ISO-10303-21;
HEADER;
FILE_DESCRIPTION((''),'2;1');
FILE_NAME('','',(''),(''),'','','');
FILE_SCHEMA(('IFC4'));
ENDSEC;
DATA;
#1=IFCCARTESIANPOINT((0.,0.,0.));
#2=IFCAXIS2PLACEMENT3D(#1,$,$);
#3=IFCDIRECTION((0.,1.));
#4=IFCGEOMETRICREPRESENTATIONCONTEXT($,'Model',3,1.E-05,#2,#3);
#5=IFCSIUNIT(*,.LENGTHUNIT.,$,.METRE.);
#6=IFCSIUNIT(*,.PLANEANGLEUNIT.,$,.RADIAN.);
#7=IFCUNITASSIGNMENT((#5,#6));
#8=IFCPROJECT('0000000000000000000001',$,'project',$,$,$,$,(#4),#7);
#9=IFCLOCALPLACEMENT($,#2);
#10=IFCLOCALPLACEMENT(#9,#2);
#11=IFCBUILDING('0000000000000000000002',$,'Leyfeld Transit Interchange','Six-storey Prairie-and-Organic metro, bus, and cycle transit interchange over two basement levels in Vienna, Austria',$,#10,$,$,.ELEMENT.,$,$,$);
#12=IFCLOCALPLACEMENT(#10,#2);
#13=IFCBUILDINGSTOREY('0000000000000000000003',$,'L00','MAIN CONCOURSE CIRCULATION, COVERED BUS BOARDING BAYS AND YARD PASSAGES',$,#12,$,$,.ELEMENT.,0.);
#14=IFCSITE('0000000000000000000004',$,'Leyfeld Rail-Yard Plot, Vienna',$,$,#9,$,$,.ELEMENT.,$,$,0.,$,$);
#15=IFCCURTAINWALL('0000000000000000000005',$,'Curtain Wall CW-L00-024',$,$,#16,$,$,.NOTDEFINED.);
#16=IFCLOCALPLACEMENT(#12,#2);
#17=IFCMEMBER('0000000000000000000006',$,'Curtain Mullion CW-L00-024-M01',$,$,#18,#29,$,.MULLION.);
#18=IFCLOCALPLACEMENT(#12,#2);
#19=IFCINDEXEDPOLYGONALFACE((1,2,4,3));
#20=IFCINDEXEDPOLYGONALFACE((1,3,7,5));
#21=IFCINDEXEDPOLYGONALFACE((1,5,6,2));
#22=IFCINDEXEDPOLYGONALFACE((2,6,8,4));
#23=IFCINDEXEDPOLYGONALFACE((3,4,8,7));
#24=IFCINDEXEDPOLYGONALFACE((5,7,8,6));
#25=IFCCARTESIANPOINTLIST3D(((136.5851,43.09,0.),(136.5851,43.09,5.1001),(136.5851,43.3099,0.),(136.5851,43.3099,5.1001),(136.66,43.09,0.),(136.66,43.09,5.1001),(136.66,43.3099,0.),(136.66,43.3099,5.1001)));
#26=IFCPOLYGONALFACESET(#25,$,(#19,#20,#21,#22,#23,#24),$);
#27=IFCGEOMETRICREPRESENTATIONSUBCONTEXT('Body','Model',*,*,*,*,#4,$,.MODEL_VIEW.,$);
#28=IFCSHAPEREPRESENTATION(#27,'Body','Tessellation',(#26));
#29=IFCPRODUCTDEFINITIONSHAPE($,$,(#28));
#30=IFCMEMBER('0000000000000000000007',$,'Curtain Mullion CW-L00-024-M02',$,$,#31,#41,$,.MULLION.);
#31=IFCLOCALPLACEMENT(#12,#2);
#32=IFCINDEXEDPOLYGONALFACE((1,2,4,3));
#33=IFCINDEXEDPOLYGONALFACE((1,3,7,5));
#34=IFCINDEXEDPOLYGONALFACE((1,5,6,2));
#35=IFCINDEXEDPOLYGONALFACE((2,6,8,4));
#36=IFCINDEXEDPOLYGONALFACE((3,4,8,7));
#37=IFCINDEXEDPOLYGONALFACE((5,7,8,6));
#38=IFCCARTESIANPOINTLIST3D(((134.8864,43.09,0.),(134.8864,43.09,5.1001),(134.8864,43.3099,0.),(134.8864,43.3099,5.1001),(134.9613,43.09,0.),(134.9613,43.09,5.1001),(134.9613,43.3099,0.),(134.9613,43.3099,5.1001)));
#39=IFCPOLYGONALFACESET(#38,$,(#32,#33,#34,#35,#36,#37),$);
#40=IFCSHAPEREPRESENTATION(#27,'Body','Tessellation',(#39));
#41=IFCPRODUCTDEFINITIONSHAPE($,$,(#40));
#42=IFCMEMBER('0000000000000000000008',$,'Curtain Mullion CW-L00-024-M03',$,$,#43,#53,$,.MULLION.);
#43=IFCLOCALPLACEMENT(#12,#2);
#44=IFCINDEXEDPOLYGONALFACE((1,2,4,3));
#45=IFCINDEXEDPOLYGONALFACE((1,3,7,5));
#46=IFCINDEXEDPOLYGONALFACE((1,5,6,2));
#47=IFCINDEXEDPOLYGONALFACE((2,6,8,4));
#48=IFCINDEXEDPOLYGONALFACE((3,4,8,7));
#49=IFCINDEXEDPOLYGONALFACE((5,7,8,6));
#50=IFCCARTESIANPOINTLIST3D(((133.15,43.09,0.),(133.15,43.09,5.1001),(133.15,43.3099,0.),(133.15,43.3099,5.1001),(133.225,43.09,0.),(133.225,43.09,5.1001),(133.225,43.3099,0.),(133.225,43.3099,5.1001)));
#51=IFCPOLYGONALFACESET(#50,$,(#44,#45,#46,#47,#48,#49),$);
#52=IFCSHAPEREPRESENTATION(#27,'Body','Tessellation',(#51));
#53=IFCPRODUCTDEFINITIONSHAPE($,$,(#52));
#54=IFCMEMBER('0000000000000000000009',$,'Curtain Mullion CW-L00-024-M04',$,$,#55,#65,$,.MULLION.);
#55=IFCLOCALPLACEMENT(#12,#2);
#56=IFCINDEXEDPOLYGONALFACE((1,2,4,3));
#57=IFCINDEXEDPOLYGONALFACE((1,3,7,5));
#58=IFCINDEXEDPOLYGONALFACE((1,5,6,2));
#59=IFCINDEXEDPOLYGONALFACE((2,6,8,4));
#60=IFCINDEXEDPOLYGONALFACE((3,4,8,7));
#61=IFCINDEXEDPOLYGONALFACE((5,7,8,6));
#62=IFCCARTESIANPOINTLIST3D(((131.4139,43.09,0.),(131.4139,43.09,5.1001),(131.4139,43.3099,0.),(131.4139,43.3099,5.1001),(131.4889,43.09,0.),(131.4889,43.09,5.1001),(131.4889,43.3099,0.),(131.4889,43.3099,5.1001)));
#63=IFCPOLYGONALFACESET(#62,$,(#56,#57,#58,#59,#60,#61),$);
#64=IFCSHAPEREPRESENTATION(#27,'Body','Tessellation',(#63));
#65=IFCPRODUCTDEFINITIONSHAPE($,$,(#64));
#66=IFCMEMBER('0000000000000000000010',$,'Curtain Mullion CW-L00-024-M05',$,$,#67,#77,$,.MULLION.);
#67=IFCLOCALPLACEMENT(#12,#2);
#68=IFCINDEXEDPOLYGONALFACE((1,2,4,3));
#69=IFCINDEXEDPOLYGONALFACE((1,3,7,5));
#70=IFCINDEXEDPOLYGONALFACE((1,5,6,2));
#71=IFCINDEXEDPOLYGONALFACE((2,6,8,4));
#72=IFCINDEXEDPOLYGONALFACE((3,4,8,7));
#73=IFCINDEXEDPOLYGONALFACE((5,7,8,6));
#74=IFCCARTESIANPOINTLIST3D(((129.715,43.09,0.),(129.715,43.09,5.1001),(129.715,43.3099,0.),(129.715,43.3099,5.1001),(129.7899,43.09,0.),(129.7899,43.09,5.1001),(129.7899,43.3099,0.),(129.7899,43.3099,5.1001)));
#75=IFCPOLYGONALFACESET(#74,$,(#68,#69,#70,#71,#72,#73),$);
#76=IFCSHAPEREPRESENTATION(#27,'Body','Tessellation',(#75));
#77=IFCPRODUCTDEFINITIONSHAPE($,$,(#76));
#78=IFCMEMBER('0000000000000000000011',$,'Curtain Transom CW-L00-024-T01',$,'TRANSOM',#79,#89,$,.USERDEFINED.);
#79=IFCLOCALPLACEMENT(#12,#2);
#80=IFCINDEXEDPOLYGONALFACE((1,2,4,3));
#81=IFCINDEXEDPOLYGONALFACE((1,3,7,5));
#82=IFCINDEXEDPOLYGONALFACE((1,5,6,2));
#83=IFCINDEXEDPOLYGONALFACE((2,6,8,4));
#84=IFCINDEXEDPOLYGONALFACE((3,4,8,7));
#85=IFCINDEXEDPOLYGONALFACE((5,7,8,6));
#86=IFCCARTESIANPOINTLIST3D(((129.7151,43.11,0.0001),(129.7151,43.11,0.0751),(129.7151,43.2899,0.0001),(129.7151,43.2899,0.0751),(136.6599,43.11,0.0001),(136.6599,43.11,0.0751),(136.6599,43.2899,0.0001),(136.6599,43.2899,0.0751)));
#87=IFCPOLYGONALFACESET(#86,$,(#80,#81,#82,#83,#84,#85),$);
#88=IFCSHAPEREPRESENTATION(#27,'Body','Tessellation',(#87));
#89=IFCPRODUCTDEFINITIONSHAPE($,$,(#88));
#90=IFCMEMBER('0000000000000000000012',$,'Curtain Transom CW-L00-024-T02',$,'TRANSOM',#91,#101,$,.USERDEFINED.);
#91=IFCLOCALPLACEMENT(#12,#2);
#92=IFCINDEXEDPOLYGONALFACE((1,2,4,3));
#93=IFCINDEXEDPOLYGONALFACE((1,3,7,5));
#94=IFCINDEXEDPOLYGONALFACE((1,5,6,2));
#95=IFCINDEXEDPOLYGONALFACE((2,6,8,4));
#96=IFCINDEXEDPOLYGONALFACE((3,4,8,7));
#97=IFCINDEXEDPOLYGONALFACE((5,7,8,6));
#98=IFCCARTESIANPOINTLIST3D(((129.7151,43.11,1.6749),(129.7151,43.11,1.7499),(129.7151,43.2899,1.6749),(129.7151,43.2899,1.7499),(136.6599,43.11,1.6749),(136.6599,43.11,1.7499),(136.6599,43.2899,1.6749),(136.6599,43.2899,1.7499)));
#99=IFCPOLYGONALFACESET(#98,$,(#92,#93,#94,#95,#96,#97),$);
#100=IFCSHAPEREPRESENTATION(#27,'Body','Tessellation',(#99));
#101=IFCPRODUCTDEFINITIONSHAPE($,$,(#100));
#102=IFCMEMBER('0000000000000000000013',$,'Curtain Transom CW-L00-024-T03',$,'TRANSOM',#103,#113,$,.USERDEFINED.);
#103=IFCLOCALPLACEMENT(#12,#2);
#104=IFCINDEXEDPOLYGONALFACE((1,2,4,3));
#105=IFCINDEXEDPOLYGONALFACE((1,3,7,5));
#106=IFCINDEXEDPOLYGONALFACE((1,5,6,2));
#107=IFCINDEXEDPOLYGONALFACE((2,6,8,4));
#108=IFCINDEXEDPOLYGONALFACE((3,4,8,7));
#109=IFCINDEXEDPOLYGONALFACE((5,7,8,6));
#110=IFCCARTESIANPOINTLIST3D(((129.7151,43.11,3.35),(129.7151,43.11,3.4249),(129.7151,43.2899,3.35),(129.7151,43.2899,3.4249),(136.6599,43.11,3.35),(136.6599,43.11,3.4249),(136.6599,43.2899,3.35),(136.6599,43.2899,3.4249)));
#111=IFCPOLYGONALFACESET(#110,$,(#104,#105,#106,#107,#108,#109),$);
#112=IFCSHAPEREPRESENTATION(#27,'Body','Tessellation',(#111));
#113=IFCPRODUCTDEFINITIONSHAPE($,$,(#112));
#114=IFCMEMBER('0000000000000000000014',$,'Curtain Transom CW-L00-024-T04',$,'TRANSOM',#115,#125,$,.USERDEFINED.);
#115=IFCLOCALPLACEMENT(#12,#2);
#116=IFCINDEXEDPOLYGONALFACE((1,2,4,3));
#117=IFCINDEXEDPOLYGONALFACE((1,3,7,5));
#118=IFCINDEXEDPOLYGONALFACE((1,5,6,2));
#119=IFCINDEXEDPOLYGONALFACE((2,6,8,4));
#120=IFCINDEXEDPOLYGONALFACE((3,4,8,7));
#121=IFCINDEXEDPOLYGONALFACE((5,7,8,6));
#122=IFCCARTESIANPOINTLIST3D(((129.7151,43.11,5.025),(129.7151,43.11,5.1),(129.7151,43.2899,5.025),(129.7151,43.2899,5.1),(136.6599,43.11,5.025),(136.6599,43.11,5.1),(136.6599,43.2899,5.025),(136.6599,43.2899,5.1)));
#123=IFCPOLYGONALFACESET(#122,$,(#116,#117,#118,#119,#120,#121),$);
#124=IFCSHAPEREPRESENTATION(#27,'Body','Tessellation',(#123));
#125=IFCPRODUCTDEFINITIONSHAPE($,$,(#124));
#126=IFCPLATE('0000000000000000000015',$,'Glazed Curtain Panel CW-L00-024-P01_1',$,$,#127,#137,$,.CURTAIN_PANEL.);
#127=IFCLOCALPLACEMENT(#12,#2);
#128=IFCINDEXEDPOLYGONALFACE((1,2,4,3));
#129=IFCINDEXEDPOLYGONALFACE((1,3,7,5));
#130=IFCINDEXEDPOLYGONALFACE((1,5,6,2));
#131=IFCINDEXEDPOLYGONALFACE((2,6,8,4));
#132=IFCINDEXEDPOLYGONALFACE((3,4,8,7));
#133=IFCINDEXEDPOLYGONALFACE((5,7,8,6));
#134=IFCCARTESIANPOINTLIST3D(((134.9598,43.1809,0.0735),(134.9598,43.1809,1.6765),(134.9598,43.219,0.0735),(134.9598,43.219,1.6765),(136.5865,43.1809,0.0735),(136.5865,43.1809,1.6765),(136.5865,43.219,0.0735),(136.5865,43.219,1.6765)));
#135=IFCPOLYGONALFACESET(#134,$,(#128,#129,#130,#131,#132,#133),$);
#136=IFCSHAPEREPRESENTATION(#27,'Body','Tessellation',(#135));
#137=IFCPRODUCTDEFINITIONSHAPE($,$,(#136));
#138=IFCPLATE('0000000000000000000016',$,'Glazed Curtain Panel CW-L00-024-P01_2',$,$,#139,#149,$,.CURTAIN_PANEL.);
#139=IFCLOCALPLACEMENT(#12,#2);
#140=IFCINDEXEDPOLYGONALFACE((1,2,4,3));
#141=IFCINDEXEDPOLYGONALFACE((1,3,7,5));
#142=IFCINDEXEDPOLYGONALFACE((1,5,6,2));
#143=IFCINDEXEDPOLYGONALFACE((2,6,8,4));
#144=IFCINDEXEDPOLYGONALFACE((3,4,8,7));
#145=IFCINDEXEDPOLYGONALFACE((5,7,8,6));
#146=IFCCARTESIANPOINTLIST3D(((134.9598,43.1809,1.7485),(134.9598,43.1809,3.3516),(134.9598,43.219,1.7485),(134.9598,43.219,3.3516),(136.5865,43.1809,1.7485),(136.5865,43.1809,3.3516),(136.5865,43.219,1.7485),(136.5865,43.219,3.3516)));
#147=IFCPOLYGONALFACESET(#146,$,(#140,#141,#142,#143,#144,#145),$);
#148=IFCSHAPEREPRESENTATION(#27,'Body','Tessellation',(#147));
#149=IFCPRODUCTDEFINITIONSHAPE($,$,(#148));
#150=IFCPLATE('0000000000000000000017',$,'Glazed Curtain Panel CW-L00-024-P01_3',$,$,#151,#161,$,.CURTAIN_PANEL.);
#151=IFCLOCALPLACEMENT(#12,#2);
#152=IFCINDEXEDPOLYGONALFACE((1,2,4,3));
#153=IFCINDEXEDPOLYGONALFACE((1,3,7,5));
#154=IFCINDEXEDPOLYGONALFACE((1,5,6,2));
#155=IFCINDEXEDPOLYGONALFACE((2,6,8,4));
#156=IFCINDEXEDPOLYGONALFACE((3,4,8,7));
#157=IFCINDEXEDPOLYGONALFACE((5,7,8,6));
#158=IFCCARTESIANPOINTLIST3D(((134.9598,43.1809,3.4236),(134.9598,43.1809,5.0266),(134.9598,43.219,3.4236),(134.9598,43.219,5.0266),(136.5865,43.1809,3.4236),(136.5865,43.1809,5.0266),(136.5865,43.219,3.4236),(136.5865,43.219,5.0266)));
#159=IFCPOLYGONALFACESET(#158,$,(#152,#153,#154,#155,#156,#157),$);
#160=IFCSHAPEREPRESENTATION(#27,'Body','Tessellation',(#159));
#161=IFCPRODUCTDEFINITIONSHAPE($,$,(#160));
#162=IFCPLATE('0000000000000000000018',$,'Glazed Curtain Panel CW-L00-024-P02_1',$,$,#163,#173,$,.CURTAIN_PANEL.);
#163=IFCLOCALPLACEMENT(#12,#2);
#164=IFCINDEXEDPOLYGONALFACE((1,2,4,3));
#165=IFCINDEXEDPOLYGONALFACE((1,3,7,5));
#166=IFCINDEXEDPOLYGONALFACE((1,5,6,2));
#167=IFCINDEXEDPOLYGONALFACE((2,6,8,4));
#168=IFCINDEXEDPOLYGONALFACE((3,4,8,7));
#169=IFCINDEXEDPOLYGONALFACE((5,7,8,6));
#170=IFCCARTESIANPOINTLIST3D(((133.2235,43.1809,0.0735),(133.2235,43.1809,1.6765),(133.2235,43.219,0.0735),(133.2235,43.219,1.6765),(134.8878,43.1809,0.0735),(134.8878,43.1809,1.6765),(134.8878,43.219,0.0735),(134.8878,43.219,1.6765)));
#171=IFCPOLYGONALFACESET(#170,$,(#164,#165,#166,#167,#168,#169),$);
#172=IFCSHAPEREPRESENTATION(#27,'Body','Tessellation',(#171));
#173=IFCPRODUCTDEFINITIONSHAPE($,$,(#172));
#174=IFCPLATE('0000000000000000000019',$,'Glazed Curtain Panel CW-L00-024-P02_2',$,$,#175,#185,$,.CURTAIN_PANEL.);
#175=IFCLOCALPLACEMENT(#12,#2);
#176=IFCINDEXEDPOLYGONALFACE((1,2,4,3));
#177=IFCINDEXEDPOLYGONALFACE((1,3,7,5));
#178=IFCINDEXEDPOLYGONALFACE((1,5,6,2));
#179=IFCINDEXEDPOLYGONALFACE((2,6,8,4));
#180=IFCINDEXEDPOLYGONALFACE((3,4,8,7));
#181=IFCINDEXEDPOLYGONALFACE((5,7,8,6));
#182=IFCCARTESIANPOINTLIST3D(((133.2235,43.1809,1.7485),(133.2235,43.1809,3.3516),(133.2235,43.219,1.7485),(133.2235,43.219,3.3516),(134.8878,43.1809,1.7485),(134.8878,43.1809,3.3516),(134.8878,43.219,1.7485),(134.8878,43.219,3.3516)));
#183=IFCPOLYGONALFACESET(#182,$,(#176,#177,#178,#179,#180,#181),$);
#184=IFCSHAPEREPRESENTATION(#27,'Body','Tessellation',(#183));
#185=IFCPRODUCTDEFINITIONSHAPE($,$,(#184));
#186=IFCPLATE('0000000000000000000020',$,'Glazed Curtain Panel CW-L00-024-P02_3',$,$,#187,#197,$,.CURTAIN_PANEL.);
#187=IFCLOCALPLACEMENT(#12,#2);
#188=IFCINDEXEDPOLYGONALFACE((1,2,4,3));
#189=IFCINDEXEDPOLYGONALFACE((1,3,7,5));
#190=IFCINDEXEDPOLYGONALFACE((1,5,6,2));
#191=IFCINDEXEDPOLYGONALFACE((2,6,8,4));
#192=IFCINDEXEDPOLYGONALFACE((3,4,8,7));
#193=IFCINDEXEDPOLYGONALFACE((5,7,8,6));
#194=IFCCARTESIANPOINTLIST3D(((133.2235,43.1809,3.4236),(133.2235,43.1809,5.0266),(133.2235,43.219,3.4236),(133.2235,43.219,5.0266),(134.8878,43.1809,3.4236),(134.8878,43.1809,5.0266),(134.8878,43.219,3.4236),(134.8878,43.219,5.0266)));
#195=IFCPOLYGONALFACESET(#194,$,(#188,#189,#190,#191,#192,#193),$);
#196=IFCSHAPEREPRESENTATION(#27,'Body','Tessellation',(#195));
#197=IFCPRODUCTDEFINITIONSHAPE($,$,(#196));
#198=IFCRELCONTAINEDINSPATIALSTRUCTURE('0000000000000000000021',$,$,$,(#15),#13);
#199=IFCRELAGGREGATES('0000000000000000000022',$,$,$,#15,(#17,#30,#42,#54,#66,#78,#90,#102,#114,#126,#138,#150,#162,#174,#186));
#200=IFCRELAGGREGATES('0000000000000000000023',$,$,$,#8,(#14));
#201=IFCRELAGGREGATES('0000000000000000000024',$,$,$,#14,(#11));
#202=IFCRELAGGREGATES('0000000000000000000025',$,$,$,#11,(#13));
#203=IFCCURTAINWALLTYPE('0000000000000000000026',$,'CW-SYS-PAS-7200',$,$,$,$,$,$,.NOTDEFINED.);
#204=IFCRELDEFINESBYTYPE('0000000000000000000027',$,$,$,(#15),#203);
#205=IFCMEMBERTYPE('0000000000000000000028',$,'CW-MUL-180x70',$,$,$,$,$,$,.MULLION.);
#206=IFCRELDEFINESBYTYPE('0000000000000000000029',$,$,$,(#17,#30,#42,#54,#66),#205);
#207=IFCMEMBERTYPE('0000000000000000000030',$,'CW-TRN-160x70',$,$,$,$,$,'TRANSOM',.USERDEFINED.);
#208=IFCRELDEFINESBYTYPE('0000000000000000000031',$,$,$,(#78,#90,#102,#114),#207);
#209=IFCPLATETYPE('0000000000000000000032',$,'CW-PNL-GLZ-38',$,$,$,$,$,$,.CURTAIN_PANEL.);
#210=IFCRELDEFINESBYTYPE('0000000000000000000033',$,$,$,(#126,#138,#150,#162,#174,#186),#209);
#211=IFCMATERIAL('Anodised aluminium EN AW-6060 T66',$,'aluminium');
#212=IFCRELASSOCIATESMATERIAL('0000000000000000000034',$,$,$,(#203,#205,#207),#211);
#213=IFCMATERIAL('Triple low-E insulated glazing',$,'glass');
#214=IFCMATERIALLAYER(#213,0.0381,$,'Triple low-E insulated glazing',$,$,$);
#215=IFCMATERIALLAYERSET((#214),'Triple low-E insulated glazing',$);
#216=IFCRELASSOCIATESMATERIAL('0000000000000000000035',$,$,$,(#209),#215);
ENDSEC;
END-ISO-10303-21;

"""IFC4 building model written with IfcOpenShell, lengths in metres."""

from ifc_helpers import new_model, si_unit, direction, frame, origin, origin_2d, place, context, subcontext, project, spatial, rectangle, extrude, material, layer, layer_set, material_profile, profile_set, type_object, element, aggregate, save


model = new_model("IFC4")

# Units and contexts
model_context = context("Model", 3, precision=1e-05, world=origin(), true_north=direction((0.0, 1.0)))
body_context = subcontext(model_context, "Body", "Model", "MODEL_VIEW")
ifc_project = project(units=[si_unit("LENGTHUNIT", "METRE"), si_unit("PLANEANGLEUNIT", "RADIAN")], contexts=[model_context])

# Site, building, storey
site_placement = place(None, origin())
site = spatial("IfcSite", under=ifc_project, at=site_placement, Name="Leyfeld Rail-Yard Plot, Vienna", CompositionType="ELEMENT", RefElevation=0.0)
building_placement = place(site_placement, origin())
building = spatial("IfcBuilding", under=site, at=building_placement, Name="Leyfeld Transit Interchange", Description="Six-storey Prairie-and-Organic metro, bus, and cycle transit interchange over two basement levels in Vienna, Austria", CompositionType="ELEMENT")
storey_placement = place(building_placement, origin())
storey = spatial("IfcBuildingStorey", under=building, at=storey_placement, Name="L00", Description="MAIN CONCOURSE CIRCULATION, COVERED BUS BOARDING BAYS AND YARD PASSAGES", CompositionType="ELEMENT", Elevation=0.0)

# Curtain wall, members, plates
ifc_material_1 = material(Name="Anodised aluminium EN AW-6060 T66", Category="aluminium")
curtain_wall_type = type_object("IfcCurtainWallType", Name="CW-SYS-PAS-7200", PredefinedType="NOTDEFINED", material=ifc_material_1)
curtain_wall_placement = place(storey_placement, origin())
curtain_wall = element("IfcCurtainWall", 1, at=curtain_wall_placement, inside=storey, type_object=curtain_wall_type, Name="Curtain Wall CW-L00-024", PredefinedType="NOTDEFINED")
ifc_material_profile_1 = material_profile(ifc_material_1, rectangle(XDim=0.075, YDim=0.22, at=origin_2d()), Name="CW-M 75x220")
ifc_profile_set_1 = profile_set([ifc_material_profile_1], Name="Anodised aluminium EN AW-6060 T66")
member_type_1 = type_object("IfcMemberType", Name="CW-MUL-180x70", PredefinedType="MULLION", material=ifc_profile_set_1)
member_1_placement = place(storey_placement, frame((136.6226, 43.2, 0.0), z_axis=(0.0, 0.0, 1.0), x_axis=(-1.0, 0.0, 0.0)))
member_1 = element("IfcMember", 2, at=member_1_placement, type_object=member_type_1, Name="Curtain Mullion CW-L00-024-M01", PredefinedType="MULLION", context=body_context, shape_type="SweptSolid", body=[
    extrude(rectangle(XDim=0.075, YDim=0.22, at=origin_2d()), origin(), (0.0, 0.0, 1.0), 5.1001),
])
member_2_placement = place(storey_placement, frame((134.9238, 43.2, 0.0), z_axis=(0.0, 0.0, 1.0), x_axis=(-1.0, 0.0, 0.0)))
member_2 = element("IfcMember", 3, at=member_2_placement, type_object=member_type_1, Name="Curtain Mullion CW-L00-024-M02", PredefinedType="MULLION", context=body_context, shape_type="SweptSolid", body=[
    extrude(rectangle(XDim=0.075, YDim=0.22, at=origin_2d()), origin(), (0.0, 0.0, 1.0), 5.1001),
])
member_3_placement = place(storey_placement, frame((133.1875, 43.2, 0.0), z_axis=(0.0, 0.0, 1.0), x_axis=(-1.0, 0.0, 0.0)))
member_3 = element("IfcMember", 4, at=member_3_placement, type_object=member_type_1, Name="Curtain Mullion CW-L00-024-M03", PredefinedType="MULLION", context=body_context, shape_type="SweptSolid", body=[
    extrude(rectangle(XDim=0.075, YDim=0.22, at=origin_2d()), origin(), (0.0, 0.0, 1.0), 5.1001),
])
member_4_placement = place(storey_placement, frame((131.4514, 43.2, 0.0), z_axis=(0.0, 0.0, 1.0), x_axis=(-1.0, 0.0, 0.0)))
member_4 = element("IfcMember", 5, at=member_4_placement, type_object=member_type_1, Name="Curtain Mullion CW-L00-024-M04", PredefinedType="MULLION", context=body_context, shape_type="SweptSolid", body=[
    extrude(rectangle(XDim=0.075, YDim=0.22, at=origin_2d()), origin(), (0.0, 0.0, 1.0), 5.1001),
])
member_5_placement = place(storey_placement, frame((129.7524, 43.2, 0.0), z_axis=(0.0, 0.0, 1.0), x_axis=(-1.0, 0.0, 0.0)))
member_5 = element("IfcMember", 6, at=member_5_placement, type_object=member_type_1, Name="Curtain Mullion CW-L00-024-M05", PredefinedType="MULLION", context=body_context, shape_type="SweptSolid", body=[
    extrude(rectangle(XDim=0.075, YDim=0.22, at=origin_2d()), origin(), (0.0, 0.0, 1.0), 5.1001),
])
ifc_material_profile_2 = material_profile(ifc_material_1, rectangle(XDim=0.1799, YDim=0.075, at=origin_2d()), Name="CW-TRN-160x70")
ifc_profile_set_2 = profile_set([ifc_material_profile_2], Name="Anodised aluminium EN AW-6060 T66")
member_type_2 = type_object("IfcMemberType", Name="CW-TRN-160x70", ElementType="TRANSOM", PredefinedType="USERDEFINED", material=ifc_profile_set_2)
member_6_placement = place(storey_placement, frame((136.6599, 43.2, 0.0376), z_axis=(-1.0, 0.0, 0.0), x_axis=(0.0, -1.0, 0.0)))
member_6 = element("IfcMember", 7, at=member_6_placement, type_object=member_type_2, Name="Curtain Transom CW-L00-024-T01", ObjectType="TRANSOM", PredefinedType="USERDEFINED", context=body_context, shape_type="SweptSolid", body=[
    extrude(rectangle(XDim=0.1799, YDim=0.075, at=origin_2d()), origin(), (0.0, 0.0, 1.0), 6.9448),
])
member_7_placement = place(storey_placement, frame((136.6599, 43.2, 1.7124), z_axis=(-1.0, 0.0, 0.0), x_axis=(0.0, -1.0, 0.0)))
member_7 = element("IfcMember", 8, at=member_7_placement, type_object=member_type_2, Name="Curtain Transom CW-L00-024-T02", ObjectType="TRANSOM", PredefinedType="USERDEFINED", context=body_context, shape_type="SweptSolid", body=[
    extrude(rectangle(XDim=0.1799, YDim=0.075, at=origin_2d()), origin(), (0.0, 0.0, 1.0), 6.9448),
])
member_8_placement = place(storey_placement, frame((136.6599, 43.2, 3.3875), z_axis=(-1.0, 0.0, 0.0), x_axis=(0.0, -1.0, 0.0)))
member_8 = element("IfcMember", 9, at=member_8_placement, type_object=member_type_2, Name="Curtain Transom CW-L00-024-T03", ObjectType="TRANSOM", PredefinedType="USERDEFINED", context=body_context, shape_type="SweptSolid", body=[
    extrude(rectangle(XDim=0.1799, YDim=0.075, at=origin_2d()), origin(), (0.0, 0.0, 1.0), 6.9448),
])
member_9_placement = place(storey_placement, frame((136.6599, 43.2, 5.0625), z_axis=(-1.0, 0.0, 0.0), x_axis=(0.0, -1.0, 0.0)))
member_9 = element("IfcMember", 10, at=member_9_placement, type_object=member_type_2, Name="Curtain Transom CW-L00-024-T04", ObjectType="TRANSOM", PredefinedType="USERDEFINED", context=body_context, shape_type="SweptSolid", body=[
    extrude(rectangle(XDim=0.1799, YDim=0.075, at=origin_2d()), origin(), (0.0, 0.0, 1.0), 6.9448),
])
ifc_material_2 = material(Name="Triple low-E insulated glazing", Category="glass")
ifc_layer_1 = layer(ifc_material_2, 0.0381, Name="Triple low-E insulated glazing")
ifc_layer_set_1 = layer_set([ifc_layer_1], Name="Triple low-E insulated glazing")
plate_type_1 = type_object("IfcPlateType", Name="CW-PNL-GLZ-38", PredefinedType="CURTAIN_PANEL", material=ifc_layer_set_1)
plate_1_placement = place(storey_placement, frame((135.7732, 43.2, 0.0735), z_axis=(0.0, 0.0, 1.0), x_axis=(-1.0, 0.0, 0.0)))
plate_1 = element("IfcPlate", 11, at=plate_1_placement, type_object=plate_type_1, Name="Glazed Curtain Panel CW-L00-024-P01_1", PredefinedType="CURTAIN_PANEL", context=body_context, shape_type="SweptSolid", body=[
    extrude(rectangle(XDim=1.6267, YDim=0.0381, at=origin_2d()), origin(), (0.0, 0.0, 1.0), 1.603),
])
plate_2_placement = place(storey_placement, frame((135.7732, 43.2, 1.7485), z_axis=(0.0, 0.0, 1.0), x_axis=(-1.0, 0.0, 0.0)))
plate_2 = element("IfcPlate", 12, at=plate_2_placement, type_object=plate_type_1, Name="Glazed Curtain Panel CW-L00-024-P01_2", PredefinedType="CURTAIN_PANEL", context=body_context, shape_type="SweptSolid", body=[
    extrude(rectangle(XDim=1.6267, YDim=0.0381, at=origin_2d()), origin(), (0.0, 0.0, 1.0), 1.603),
])
plate_3_placement = place(storey_placement, frame((135.7732, 43.2, 3.4236), z_axis=(0.0, 0.0, 1.0), x_axis=(-1.0, 0.0, 0.0)))
plate_3 = element("IfcPlate", 13, at=plate_3_placement, type_object=plate_type_1, Name="Glazed Curtain Panel CW-L00-024-P01_3", PredefinedType="CURTAIN_PANEL", context=body_context, shape_type="SweptSolid", body=[
    extrude(rectangle(XDim=1.6267, YDim=0.0381, at=origin_2d()), origin(), (0.0, 0.0, 1.0), 1.603),
])
plate_4_placement = place(storey_placement, frame((134.0557, 43.2, 0.0735), z_axis=(0.0, 0.0, 1.0), x_axis=(-1.0, 0.0, 0.0)))
plate_4 = element("IfcPlate", 14, at=plate_4_placement, type_object=plate_type_1, Name="Glazed Curtain Panel CW-L00-024-P02_1", PredefinedType="CURTAIN_PANEL", context=body_context, shape_type="SweptSolid", body=[
    extrude(rectangle(XDim=1.6643, YDim=0.0381, at=origin_2d()), origin(), (0.0, 0.0, 1.0), 1.603),
])
plate_5_placement = place(storey_placement, frame((134.0557, 43.2, 1.7485), z_axis=(0.0, 0.0, 1.0), x_axis=(-1.0, 0.0, 0.0)))
plate_5 = element("IfcPlate", 15, at=plate_5_placement, type_object=plate_type_1, Name="Glazed Curtain Panel CW-L00-024-P02_2", PredefinedType="CURTAIN_PANEL", context=body_context, shape_type="SweptSolid", body=[
    extrude(rectangle(XDim=1.6643, YDim=0.0381, at=origin_2d()), origin(), (0.0, 0.0, 1.0), 1.603),
])
plate_6_placement = place(storey_placement, frame((134.0557, 43.2, 3.4236), z_axis=(0.0, 0.0, 1.0), x_axis=(-1.0, 0.0, 0.0)))
plate_6 = element("IfcPlate", 16, at=plate_6_placement, type_object=plate_type_1, Name="Glazed Curtain Panel CW-L00-024-P02_3", PredefinedType="CURTAIN_PANEL", context=body_context, shape_type="SweptSolid", body=[
    extrude(rectangle(XDim=1.6643, YDim=0.0381, at=origin_2d()), origin(), (0.0, 0.0, 1.0), 1.603),
])
aggregate(curtain_wall, [member_1, member_2, member_3, member_4, member_5, member_6, member_7, member_8, member_9, plate_1, plate_2, plate_3, plate_4, plate_5, plate_6])

save(model, "model.ifc")
